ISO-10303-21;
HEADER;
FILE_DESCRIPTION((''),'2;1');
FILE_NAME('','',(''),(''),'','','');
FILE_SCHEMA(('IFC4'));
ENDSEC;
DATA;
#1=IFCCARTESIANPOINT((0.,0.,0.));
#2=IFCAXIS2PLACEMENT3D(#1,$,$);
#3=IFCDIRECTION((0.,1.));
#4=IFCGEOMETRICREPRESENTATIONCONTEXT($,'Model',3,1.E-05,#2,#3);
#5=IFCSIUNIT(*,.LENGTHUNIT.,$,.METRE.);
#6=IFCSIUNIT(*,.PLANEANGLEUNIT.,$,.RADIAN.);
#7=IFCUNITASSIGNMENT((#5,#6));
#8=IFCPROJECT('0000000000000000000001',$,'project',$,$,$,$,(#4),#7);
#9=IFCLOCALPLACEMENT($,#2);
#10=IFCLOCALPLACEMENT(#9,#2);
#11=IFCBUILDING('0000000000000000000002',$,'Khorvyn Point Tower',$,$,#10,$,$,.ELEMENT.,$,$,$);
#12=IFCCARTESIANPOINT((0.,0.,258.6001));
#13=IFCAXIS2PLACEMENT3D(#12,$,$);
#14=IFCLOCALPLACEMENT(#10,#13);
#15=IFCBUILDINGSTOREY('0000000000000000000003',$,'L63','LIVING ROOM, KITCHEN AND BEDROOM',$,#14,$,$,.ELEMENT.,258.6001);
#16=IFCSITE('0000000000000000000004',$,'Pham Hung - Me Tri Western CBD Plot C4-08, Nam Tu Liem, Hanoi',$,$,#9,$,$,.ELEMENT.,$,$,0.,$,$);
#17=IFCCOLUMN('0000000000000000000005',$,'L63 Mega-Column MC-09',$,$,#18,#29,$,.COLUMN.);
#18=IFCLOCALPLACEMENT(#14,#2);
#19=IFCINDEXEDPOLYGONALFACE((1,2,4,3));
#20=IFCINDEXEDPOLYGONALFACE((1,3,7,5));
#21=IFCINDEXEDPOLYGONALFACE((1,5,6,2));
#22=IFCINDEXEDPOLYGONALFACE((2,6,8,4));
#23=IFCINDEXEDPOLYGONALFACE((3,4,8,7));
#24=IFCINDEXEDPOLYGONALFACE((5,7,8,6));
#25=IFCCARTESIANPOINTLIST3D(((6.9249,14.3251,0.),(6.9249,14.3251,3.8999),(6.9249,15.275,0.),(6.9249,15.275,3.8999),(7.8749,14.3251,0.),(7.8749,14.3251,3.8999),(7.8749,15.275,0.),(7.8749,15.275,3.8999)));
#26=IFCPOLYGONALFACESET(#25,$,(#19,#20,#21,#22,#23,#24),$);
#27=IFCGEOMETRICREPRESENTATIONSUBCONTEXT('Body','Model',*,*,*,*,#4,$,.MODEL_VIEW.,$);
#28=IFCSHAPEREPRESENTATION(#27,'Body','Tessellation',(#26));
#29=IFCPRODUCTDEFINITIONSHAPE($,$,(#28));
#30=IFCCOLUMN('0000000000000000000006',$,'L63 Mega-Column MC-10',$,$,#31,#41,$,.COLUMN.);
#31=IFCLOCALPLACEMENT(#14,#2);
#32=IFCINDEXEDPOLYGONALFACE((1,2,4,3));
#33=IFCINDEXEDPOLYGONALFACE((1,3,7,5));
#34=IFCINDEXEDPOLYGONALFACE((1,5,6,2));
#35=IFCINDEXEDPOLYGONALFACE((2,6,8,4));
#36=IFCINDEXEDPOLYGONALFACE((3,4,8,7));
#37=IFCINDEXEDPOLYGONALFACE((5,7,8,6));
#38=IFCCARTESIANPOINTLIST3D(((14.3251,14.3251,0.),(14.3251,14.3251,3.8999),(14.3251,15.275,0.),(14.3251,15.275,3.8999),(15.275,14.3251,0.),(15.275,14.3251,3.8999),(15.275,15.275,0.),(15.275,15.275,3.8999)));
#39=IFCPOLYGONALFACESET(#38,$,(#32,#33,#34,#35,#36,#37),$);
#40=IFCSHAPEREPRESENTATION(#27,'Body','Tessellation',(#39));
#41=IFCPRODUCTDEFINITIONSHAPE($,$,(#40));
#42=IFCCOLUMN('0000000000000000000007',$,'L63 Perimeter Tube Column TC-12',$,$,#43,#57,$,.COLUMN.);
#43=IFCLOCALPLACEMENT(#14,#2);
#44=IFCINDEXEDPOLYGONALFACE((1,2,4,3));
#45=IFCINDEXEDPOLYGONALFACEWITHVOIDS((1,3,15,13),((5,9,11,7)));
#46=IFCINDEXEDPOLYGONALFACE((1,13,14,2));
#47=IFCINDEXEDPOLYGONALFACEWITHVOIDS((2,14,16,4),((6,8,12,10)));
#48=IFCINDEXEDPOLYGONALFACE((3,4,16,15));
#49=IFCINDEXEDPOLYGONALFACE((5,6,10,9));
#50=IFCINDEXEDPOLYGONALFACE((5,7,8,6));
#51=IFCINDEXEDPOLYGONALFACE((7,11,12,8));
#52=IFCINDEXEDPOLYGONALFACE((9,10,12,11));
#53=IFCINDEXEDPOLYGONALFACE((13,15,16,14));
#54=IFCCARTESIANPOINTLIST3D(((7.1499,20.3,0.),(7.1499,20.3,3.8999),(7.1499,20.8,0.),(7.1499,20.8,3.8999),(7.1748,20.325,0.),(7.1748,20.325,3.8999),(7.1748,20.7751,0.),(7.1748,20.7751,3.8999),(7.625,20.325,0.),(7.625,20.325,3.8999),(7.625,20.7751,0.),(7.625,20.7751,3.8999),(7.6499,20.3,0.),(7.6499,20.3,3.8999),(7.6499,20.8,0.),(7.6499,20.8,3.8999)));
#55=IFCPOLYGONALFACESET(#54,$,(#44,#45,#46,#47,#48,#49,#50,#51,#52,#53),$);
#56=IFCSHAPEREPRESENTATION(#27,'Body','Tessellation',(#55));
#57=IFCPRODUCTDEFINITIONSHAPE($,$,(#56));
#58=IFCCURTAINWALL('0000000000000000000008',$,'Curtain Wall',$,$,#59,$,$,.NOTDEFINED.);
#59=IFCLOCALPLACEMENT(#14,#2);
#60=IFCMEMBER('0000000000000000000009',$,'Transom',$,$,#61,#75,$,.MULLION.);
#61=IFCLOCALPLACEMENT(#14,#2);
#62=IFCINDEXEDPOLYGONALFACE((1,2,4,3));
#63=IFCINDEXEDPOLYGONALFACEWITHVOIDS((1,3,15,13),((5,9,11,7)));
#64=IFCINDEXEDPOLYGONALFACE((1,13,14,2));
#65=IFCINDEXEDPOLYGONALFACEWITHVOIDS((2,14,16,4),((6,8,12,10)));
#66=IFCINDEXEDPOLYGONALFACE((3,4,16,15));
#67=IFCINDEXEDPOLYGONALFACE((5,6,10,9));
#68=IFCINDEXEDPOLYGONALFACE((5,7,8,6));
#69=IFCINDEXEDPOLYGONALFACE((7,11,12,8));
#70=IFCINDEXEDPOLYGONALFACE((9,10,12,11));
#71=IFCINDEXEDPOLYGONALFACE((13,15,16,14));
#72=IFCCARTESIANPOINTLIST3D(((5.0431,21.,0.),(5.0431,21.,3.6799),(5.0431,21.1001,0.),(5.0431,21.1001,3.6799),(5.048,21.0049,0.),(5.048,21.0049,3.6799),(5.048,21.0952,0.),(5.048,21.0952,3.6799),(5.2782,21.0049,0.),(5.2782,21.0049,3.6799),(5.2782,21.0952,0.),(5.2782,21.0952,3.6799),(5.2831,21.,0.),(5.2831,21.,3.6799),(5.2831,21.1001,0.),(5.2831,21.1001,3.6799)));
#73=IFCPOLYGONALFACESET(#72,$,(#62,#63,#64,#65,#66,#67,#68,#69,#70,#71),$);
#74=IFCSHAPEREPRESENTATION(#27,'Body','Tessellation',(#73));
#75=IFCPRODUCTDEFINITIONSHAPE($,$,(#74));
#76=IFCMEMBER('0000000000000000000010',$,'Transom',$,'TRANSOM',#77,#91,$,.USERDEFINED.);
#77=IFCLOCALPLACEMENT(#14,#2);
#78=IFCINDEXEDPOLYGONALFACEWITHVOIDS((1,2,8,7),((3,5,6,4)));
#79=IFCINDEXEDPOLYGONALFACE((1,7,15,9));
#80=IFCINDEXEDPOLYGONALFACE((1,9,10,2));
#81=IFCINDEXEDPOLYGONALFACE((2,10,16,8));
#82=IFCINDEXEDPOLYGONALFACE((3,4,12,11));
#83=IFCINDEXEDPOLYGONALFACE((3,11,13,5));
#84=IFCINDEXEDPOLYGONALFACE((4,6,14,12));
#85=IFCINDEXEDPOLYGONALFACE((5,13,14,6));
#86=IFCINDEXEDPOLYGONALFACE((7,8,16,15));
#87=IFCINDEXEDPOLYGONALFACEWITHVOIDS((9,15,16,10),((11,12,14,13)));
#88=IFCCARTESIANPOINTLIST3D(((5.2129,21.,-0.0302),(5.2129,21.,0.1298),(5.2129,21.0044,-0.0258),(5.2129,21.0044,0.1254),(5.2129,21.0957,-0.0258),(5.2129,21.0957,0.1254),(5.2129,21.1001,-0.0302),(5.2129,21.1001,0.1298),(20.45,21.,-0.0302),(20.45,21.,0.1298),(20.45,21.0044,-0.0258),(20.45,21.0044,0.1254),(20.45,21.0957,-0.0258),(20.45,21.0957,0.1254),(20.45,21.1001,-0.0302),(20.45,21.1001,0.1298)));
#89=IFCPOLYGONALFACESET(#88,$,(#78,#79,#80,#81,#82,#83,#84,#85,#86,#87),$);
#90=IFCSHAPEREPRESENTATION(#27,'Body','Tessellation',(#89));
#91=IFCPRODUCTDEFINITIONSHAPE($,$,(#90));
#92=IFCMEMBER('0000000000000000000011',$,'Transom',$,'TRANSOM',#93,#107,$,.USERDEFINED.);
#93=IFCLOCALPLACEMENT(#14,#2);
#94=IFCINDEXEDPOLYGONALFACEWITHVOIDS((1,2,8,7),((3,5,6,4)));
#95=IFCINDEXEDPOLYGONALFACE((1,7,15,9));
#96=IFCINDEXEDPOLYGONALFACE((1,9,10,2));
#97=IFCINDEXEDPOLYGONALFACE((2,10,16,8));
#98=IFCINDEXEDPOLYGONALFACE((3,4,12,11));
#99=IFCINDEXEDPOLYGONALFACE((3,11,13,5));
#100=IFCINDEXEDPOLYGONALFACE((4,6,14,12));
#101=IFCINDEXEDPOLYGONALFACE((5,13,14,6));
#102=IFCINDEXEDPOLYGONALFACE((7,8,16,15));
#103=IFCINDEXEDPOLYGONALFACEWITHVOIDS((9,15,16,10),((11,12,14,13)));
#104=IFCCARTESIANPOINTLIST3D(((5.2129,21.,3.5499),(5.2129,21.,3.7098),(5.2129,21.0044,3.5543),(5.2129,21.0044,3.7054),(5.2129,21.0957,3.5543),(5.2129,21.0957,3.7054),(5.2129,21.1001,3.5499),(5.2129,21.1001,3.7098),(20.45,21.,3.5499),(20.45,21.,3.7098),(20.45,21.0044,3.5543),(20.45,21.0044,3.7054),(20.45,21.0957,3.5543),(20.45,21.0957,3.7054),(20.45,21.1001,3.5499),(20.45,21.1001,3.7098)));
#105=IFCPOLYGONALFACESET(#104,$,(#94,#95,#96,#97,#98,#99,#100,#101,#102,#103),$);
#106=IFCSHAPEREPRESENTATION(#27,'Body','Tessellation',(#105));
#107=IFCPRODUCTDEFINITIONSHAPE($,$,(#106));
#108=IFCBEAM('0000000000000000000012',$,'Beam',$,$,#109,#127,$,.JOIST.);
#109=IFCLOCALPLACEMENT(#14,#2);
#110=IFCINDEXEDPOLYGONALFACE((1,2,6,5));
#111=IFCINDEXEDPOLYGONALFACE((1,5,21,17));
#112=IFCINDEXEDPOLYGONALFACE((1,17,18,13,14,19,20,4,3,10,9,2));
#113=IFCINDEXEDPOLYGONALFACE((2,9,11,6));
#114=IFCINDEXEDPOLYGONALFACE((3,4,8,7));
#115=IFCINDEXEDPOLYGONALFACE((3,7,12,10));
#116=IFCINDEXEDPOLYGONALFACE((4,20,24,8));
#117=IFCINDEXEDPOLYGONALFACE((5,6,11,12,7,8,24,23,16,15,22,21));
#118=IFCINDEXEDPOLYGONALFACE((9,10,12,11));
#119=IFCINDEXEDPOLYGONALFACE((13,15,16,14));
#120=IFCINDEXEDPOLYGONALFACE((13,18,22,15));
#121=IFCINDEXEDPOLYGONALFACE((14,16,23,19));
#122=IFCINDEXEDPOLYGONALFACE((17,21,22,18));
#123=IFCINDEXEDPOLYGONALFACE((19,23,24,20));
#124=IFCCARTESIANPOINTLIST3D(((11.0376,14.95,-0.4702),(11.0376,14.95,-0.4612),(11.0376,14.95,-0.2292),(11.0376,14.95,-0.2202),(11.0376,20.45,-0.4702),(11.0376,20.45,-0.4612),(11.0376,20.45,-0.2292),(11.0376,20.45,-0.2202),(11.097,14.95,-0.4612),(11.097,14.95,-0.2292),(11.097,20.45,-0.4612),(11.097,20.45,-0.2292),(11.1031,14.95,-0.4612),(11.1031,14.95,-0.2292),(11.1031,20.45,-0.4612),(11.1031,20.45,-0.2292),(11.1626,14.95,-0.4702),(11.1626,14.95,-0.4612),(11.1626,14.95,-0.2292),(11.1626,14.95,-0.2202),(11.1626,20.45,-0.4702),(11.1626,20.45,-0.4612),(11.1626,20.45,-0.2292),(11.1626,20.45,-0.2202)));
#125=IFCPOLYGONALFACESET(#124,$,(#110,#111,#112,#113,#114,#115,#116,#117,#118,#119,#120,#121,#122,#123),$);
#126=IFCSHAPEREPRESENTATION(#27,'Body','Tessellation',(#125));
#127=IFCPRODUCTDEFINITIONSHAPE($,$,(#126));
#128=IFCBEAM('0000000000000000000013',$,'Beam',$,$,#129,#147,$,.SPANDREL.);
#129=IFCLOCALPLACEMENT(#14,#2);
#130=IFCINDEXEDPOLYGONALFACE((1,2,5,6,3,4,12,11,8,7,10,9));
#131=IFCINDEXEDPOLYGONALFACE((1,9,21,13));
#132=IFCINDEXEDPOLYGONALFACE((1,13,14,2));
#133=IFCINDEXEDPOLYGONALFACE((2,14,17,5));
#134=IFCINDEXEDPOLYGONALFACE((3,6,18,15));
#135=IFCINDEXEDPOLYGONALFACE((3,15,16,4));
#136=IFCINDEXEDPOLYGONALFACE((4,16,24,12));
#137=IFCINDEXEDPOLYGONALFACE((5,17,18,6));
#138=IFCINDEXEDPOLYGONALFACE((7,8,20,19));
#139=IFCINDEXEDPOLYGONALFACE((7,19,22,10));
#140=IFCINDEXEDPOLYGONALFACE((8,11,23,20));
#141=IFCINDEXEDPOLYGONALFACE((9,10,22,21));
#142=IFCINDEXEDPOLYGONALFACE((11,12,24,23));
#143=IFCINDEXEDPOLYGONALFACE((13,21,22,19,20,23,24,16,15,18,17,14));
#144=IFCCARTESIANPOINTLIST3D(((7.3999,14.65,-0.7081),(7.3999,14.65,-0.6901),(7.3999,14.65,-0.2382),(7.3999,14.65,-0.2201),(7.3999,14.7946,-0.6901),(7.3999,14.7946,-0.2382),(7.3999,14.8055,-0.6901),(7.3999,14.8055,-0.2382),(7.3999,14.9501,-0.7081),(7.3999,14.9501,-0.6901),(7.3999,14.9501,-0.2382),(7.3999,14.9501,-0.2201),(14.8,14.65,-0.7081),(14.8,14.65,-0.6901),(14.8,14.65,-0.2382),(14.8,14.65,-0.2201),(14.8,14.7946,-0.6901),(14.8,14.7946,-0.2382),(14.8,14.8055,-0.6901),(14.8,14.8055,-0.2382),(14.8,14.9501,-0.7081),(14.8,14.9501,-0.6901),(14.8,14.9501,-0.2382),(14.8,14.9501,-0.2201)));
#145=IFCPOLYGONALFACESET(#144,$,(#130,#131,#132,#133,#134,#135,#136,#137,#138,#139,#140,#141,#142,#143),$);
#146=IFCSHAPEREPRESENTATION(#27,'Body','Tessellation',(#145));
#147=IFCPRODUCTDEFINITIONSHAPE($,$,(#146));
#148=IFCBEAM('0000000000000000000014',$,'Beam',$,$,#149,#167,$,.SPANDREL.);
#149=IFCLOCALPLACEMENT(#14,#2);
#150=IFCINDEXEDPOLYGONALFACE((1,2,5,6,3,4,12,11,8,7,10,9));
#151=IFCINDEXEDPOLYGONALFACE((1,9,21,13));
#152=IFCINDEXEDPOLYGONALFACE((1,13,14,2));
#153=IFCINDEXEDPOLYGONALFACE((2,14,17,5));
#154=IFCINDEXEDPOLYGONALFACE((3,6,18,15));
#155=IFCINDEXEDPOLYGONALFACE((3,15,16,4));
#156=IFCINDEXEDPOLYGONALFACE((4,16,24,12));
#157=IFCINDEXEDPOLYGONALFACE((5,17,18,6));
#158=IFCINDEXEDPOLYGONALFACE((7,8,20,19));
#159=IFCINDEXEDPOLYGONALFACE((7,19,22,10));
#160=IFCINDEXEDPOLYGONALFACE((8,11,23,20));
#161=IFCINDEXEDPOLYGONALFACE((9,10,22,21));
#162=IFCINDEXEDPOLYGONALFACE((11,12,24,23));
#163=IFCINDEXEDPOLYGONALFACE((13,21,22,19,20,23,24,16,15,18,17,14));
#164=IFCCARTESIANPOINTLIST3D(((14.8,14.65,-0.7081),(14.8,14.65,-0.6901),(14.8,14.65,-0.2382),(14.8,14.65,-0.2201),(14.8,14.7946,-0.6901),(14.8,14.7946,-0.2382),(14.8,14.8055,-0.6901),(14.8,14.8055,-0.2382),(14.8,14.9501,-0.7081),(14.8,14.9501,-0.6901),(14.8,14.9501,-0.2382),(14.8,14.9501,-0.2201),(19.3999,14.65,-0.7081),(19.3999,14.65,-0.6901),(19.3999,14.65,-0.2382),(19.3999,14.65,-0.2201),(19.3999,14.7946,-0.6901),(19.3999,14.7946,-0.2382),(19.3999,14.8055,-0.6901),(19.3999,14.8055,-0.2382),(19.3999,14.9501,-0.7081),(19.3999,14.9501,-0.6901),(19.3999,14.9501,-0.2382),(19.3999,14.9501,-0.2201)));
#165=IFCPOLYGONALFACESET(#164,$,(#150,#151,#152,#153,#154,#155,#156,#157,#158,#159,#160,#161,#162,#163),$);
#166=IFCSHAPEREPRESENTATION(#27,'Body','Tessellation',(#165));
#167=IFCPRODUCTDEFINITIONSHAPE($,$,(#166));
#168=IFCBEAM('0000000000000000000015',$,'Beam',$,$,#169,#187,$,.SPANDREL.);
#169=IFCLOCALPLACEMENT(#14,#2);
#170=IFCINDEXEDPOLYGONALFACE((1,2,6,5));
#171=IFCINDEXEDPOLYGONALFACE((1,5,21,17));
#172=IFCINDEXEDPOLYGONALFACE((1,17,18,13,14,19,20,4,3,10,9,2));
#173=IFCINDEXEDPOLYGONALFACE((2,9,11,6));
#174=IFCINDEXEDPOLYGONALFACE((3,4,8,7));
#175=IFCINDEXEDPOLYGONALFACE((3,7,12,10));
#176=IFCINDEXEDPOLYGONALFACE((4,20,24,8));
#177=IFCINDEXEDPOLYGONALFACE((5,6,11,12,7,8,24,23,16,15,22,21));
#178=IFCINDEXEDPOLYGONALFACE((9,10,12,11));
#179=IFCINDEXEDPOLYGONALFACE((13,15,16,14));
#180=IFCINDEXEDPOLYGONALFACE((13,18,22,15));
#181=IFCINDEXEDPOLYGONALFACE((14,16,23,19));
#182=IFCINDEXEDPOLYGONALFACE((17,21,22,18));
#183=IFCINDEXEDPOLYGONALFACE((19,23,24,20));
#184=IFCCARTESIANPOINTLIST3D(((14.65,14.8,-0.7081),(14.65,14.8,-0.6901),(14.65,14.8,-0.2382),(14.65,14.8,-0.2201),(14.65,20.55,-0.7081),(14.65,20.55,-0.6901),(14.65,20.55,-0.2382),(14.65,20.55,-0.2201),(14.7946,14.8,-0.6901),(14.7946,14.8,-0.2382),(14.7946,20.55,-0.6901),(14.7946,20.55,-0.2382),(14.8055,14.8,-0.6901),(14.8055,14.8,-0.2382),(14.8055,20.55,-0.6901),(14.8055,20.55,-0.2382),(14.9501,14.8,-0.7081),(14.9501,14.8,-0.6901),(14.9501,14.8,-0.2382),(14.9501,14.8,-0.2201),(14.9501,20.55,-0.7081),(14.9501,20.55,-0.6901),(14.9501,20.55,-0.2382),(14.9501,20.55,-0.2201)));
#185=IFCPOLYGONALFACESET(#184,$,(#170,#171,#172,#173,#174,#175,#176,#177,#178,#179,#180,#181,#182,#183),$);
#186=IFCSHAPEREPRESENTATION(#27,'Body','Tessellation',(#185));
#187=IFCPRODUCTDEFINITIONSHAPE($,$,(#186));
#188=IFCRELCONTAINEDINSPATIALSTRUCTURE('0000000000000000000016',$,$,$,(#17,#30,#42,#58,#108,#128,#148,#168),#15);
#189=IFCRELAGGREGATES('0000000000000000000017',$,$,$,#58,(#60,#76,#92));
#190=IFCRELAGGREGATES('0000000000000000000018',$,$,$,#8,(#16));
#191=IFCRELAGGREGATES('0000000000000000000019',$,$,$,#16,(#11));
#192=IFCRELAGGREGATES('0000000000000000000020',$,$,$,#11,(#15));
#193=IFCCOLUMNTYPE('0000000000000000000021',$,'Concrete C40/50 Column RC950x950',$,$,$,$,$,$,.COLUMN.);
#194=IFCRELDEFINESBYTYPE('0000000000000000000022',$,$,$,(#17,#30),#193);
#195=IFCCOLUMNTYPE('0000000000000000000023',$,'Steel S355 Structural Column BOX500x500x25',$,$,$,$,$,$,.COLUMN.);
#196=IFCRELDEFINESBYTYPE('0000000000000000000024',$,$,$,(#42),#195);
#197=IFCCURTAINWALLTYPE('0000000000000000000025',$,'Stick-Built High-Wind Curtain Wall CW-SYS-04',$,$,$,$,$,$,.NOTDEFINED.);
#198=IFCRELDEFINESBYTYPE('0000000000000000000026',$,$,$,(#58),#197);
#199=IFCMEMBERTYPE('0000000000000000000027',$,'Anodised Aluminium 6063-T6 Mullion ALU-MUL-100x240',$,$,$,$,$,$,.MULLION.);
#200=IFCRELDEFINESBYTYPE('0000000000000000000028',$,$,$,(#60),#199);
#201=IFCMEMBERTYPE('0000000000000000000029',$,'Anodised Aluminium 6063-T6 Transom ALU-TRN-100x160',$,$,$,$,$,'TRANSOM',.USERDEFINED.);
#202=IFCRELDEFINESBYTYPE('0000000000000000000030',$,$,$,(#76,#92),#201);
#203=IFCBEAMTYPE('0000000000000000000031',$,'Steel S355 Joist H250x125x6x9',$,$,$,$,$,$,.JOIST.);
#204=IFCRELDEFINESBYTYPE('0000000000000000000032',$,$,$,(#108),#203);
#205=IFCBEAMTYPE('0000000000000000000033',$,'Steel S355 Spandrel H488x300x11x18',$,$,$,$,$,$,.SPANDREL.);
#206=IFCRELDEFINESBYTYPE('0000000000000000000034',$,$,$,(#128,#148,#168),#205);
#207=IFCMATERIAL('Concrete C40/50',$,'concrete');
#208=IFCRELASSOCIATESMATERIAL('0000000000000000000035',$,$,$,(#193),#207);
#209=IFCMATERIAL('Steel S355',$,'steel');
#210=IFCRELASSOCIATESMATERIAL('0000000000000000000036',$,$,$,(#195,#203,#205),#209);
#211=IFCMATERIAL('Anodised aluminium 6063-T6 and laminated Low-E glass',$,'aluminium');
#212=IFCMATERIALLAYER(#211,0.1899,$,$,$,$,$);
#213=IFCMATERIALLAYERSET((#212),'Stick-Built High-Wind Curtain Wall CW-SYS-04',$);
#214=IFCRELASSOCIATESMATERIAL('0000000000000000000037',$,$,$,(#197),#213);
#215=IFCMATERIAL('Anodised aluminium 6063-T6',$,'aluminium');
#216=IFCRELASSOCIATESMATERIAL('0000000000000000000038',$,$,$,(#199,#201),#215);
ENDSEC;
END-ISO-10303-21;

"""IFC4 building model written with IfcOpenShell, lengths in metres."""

from ifc_helpers import new_model, si_unit, direction, frame, origin, origin_2d, place, context, subcontext, project, spatial, rectangle, hollow_rectangle, i_section, extrude, material, layer, layer_set, material_profile, profile_set, type_object, element, aggregate, save


model = new_model("IFC4")

# Units and contexts
model_context = context("Model", 3, precision=1e-05, world=origin(), true_north=direction((0.0, 1.0)))
body_context = subcontext(model_context, "Body", "Model", "MODEL_VIEW")
ifc_project = project(units=[si_unit("LENGTHUNIT", "METRE"), si_unit("PLANEANGLEUNIT", "RADIAN")], contexts=[model_context])

# Site, building, storey
site_placement = place(None, origin())
site = spatial("IfcSite", under=ifc_project, at=site_placement, Name="Pham Hung - Me Tri Western CBD Plot C4-08, Nam Tu Liem, Hanoi", CompositionType="ELEMENT", RefElevation=0.0)
building_placement = place(site_placement, origin())
building = spatial("IfcBuilding", under=site, at=building_placement, Name="Khorvyn Point Tower", CompositionType="ELEMENT")
storey_placement = place(building_placement, frame((0.0, 0.0, 258.6001)))
storey = spatial("IfcBuildingStorey", under=building, at=storey_placement, Name="L63", Description="LIVING ROOM, KITCHEN AND BEDROOM", CompositionType="ELEMENT", Elevation=258.6001)

# Columns
ifc_material_1 = material(Name="Concrete C40/50", Category="concrete")
ifc_material_profile_1 = material_profile(ifc_material_1, rectangle(XDim=0.95, YDim=0.95, at=origin_2d()))
ifc_profile_set_1 = profile_set([ifc_material_profile_1], Name="Concrete C40/50 RC950x950")
column_type_1 = type_object("IfcColumnType", Name="Concrete C40/50 Column RC950x950", PredefinedType="COLUMN", material=ifc_profile_set_1)
for number, where, z_axis, x_axis, name in (
    (1, (7.3999, 14.8, 0.0), (0.0, 0.0, 1.0), (1.0, 0.0, 0.0), "L63 Mega-Column MC-09"),
    (2, (14.8, 14.8, 0.0), (0.0, 0.0, 1.0), (1.0, 0.0, 0.0), "L63 Mega-Column MC-10"),
):
    element("IfcColumn", number, at=place(storey_placement, frame(where, z_axis=z_axis, x_axis=x_axis)), inside=storey, type_object=column_type_1, Name=name, PredefinedType="COLUMN", context=body_context, shape_type="SweptSolid", body=[
        extrude(rectangle(XDim=0.95, YDim=0.95, at=origin_2d()), origin(), (0.0, 0.0, 1.0), 3.8999),
    ])
ifc_material_2 = material(Name="Steel S355", Category="steel")
ifc_material_profile_2 = material_profile(ifc_material_2, hollow_rectangle(XDim=0.5, YDim=0.5, WallThickness=0.0249, at=origin_2d()))
ifc_profile_set_2 = profile_set([ifc_material_profile_2], Name="Steel S355 BOX500x500x25")
column_type_2 = type_object("IfcColumnType", Name="Steel S355 Structural Column BOX500x500x25", PredefinedType="COLUMN", material=ifc_profile_set_2)
column_placement = place(storey_placement, frame((7.3999, 20.55, 0.0), z_axis=(0.0, 0.0, 1.0), x_axis=(1.0, 0.0, 0.0)))
element("IfcColumn", 3, at=column_placement, inside=storey, type_object=column_type_2, Name="L63 Perimeter Tube Column TC-12", PredefinedType="COLUMN", context=body_context, shape_type="SweptSolid", body=[
    extrude(hollow_rectangle(XDim=0.5, YDim=0.5, WallThickness=0.0249, at=origin_2d()), origin(), (0.0, 0.0, 1.0), 3.8999),
])

# Curtain wall, members
ifc_material_3 = material(Name="Anodised aluminium 6063-T6 and laminated Low-E glass", Category="aluminium")
ifc_layer_1 = layer(ifc_material_3, 0.1899)
ifc_layer_set_1 = layer_set([ifc_layer_1], Name="Stick-Built High-Wind Curtain Wall CW-SYS-04")
curtain_wall_type = type_object("IfcCurtainWallType", Name="Stick-Built High-Wind Curtain Wall CW-SYS-04", PredefinedType="NOTDEFINED", material=ifc_layer_set_1)
curtain_wall_placement = place(storey_placement, origin())
curtain_wall = element("IfcCurtainWall", 4, at=curtain_wall_placement, inside=storey, type_object=curtain_wall_type, Name="Curtain Wall", PredefinedType="NOTDEFINED")
ifc_material_4 = material(Name="Anodised aluminium 6063-T6", Category="aluminium")
ifc_material_profile_3 = material_profile(ifc_material_4, hollow_rectangle(XDim=0.1001, YDim=0.24, WallThickness=0.0049, at=origin_2d()))
ifc_profile_set_3 = profile_set([ifc_material_profile_3], Name="Anodised aluminium 6063-T6 ALU-MUL-100x240")
member_type_1 = type_object("IfcMemberType", Name="Anodised Aluminium 6063-T6 Mullion ALU-MUL-100x240", PredefinedType="MULLION", material=ifc_profile_set_3)
member_1_placement = place(storey_placement, frame((5.1631, 21.05, 0.0), z_axis=(0.0, 0.0, 1.0), x_axis=(0.0, 1.0, 0.0)))
member_1 = element("IfcMember", 5, at=member_1_placement, type_object=member_type_1, Name="Transom", PredefinedType="MULLION", context=body_context, shape_type="SweptSolid", body=[
    extrude(hollow_rectangle(XDim=0.1001, YDim=0.24, WallThickness=0.0049, at=origin_2d()), origin(), (0.0, 0.0, 1.0), 3.6799),
])
ifc_material_profile_4 = material_profile(ifc_material_4, hollow_rectangle(XDim=0.1001, YDim=0.1599, WallThickness=0.0044, at=origin_2d()))
ifc_profile_set_4 = profile_set([ifc_material_profile_4], Name="Anodised aluminium 6063-T6 ALU-TRN-100x160")
member_type_2 = type_object("IfcMemberType", Name="Anodised Aluminium 6063-T6 Transom ALU-TRN-100x160", ElementType="TRANSOM", PredefinedType="USERDEFINED", material=ifc_profile_set_4)
member_2_placement = place(storey_placement, frame((5.2129, 21.05, 0.0498), z_axis=(1.0, 0.0, 0.0), x_axis=(0.0, 1.0, 0.0)))
member_2 = element("IfcMember", 6, at=member_2_placement, type_object=member_type_2, Name="Transom", ObjectType="TRANSOM", PredefinedType="USERDEFINED", context=body_context, shape_type="SweptSolid", body=[
    extrude(hollow_rectangle(XDim=0.1001, YDim=0.1599, WallThickness=0.0044, at=origin_2d()), origin(), (0.0, 0.0, 1.0), 15.2371),
])
member_3_placement = place(storey_placement, frame((5.2129, 21.05, 3.6299), z_axis=(1.0, 0.0, 0.0), x_axis=(0.0, 1.0, 0.0)))
member_3 = element("IfcMember", 7, at=member_3_placement, type_object=member_type_2, Name="Transom", ObjectType="TRANSOM", PredefinedType="USERDEFINED", context=body_context, shape_type="SweptSolid", body=[
    extrude(hollow_rectangle(XDim=0.1001, YDim=0.1599, WallThickness=0.0044, at=origin_2d()), origin(), (0.0, 0.0, 1.0), 15.2371),
])

# Beams
ifc_material_profile_5 = material_profile(ifc_material_2, i_section(OverallWidth=0.125, OverallDepth=0.25, WebThickness=0.0061, FlangeThickness=0.009, at=origin_2d()))
ifc_profile_set_5 = profile_set([ifc_material_profile_5], Name="Steel S355 H250x125x6x9")
beam_type_1 = type_object("IfcBeamType", Name="Steel S355 Joist H250x125x6x9", PredefinedType="JOIST", material=ifc_profile_set_5)
beam_1_placement = place(storey_placement, frame((11.1001, 14.95, -0.3452), z_axis=(0.0, 1.0, 0.0), x_axis=(-1.0, 0.0, 0.0)))
element("IfcBeam", 8, at=beam_1_placement, inside=storey, type_object=beam_type_1, Name="Beam", PredefinedType="JOIST", context=body_context, shape_type="SweptSolid", body=[
    extrude(i_section(OverallWidth=0.125, OverallDepth=0.25, WebThickness=0.0061, FlangeThickness=0.009, at=origin_2d()), origin(), (0.0, 0.0, 1.0), 5.5),
])
ifc_material_profile_6 = material_profile(ifc_material_2, i_section(OverallWidth=0.3, OverallDepth=0.488, WebThickness=0.011, FlangeThickness=0.0181, at=origin_2d()))
ifc_profile_set_6 = profile_set([ifc_material_profile_6], Name="Steel S355 H488x300x11x18")
beam_type_2 = type_object("IfcBeamType", Name="Steel S355 Spandrel H488x300x11x18", PredefinedType="SPANDREL", material=ifc_profile_set_6)
beam_2_placement = place(storey_placement, frame((7.3999, 14.8, -0.4641), z_axis=(1.0, 0.0, 0.0), x_axis=(0.0, 1.0, 0.0)))
element("IfcBeam", 9, at=beam_2_placement, inside=storey, type_object=beam_type_2, Name="Beam", PredefinedType="SPANDREL", context=body_context, shape_type="SweptSolid", body=[
    extrude(i_section(OverallWidth=0.3, OverallDepth=0.488, WebThickness=0.011, FlangeThickness=0.0181, at=origin_2d()), origin(), (0.0, 0.0, 1.0), 7.4001),
])
beam_3_placement = place(storey_placement, frame((14.8, 14.8, -0.4641), z_axis=(1.0, 0.0, 0.0), x_axis=(0.0, 1.0, 0.0)))
element("IfcBeam", 10, at=beam_3_placement, inside=storey, type_object=beam_type_2, Name="Beam", PredefinedType="SPANDREL", context=body_context, shape_type="SweptSolid", body=[
    extrude(i_section(OverallWidth=0.3, OverallDepth=0.488, WebThickness=0.011, FlangeThickness=0.0181, at=origin_2d()), origin(), (0.0, 0.0, 1.0), 4.5999),
])
for number, where, z_axis, x_axis, name in (
    (11, (14.8, 14.8, -0.4641), (0.0, 1.0, 0.0), (-1.0, 0.0, 0.0), "Beam"),
):
    element("IfcBeam", number, at=place(storey_placement, frame(where, z_axis=z_axis, x_axis=x_axis)), inside=storey, type_object=beam_type_2, Name=name, PredefinedType="SPANDREL", context=body_context, shape_type="SweptSolid", body=[
        extrude(i_section(OverallWidth=0.3, OverallDepth=0.488, WebThickness=0.011, FlangeThickness=0.0181, at=origin_2d()), origin(), (0.0, 0.0, 1.0), 5.75),
    ])

aggregate(curtain_wall, [member_1, member_2, member_3])

save(model, "model.ifc")
